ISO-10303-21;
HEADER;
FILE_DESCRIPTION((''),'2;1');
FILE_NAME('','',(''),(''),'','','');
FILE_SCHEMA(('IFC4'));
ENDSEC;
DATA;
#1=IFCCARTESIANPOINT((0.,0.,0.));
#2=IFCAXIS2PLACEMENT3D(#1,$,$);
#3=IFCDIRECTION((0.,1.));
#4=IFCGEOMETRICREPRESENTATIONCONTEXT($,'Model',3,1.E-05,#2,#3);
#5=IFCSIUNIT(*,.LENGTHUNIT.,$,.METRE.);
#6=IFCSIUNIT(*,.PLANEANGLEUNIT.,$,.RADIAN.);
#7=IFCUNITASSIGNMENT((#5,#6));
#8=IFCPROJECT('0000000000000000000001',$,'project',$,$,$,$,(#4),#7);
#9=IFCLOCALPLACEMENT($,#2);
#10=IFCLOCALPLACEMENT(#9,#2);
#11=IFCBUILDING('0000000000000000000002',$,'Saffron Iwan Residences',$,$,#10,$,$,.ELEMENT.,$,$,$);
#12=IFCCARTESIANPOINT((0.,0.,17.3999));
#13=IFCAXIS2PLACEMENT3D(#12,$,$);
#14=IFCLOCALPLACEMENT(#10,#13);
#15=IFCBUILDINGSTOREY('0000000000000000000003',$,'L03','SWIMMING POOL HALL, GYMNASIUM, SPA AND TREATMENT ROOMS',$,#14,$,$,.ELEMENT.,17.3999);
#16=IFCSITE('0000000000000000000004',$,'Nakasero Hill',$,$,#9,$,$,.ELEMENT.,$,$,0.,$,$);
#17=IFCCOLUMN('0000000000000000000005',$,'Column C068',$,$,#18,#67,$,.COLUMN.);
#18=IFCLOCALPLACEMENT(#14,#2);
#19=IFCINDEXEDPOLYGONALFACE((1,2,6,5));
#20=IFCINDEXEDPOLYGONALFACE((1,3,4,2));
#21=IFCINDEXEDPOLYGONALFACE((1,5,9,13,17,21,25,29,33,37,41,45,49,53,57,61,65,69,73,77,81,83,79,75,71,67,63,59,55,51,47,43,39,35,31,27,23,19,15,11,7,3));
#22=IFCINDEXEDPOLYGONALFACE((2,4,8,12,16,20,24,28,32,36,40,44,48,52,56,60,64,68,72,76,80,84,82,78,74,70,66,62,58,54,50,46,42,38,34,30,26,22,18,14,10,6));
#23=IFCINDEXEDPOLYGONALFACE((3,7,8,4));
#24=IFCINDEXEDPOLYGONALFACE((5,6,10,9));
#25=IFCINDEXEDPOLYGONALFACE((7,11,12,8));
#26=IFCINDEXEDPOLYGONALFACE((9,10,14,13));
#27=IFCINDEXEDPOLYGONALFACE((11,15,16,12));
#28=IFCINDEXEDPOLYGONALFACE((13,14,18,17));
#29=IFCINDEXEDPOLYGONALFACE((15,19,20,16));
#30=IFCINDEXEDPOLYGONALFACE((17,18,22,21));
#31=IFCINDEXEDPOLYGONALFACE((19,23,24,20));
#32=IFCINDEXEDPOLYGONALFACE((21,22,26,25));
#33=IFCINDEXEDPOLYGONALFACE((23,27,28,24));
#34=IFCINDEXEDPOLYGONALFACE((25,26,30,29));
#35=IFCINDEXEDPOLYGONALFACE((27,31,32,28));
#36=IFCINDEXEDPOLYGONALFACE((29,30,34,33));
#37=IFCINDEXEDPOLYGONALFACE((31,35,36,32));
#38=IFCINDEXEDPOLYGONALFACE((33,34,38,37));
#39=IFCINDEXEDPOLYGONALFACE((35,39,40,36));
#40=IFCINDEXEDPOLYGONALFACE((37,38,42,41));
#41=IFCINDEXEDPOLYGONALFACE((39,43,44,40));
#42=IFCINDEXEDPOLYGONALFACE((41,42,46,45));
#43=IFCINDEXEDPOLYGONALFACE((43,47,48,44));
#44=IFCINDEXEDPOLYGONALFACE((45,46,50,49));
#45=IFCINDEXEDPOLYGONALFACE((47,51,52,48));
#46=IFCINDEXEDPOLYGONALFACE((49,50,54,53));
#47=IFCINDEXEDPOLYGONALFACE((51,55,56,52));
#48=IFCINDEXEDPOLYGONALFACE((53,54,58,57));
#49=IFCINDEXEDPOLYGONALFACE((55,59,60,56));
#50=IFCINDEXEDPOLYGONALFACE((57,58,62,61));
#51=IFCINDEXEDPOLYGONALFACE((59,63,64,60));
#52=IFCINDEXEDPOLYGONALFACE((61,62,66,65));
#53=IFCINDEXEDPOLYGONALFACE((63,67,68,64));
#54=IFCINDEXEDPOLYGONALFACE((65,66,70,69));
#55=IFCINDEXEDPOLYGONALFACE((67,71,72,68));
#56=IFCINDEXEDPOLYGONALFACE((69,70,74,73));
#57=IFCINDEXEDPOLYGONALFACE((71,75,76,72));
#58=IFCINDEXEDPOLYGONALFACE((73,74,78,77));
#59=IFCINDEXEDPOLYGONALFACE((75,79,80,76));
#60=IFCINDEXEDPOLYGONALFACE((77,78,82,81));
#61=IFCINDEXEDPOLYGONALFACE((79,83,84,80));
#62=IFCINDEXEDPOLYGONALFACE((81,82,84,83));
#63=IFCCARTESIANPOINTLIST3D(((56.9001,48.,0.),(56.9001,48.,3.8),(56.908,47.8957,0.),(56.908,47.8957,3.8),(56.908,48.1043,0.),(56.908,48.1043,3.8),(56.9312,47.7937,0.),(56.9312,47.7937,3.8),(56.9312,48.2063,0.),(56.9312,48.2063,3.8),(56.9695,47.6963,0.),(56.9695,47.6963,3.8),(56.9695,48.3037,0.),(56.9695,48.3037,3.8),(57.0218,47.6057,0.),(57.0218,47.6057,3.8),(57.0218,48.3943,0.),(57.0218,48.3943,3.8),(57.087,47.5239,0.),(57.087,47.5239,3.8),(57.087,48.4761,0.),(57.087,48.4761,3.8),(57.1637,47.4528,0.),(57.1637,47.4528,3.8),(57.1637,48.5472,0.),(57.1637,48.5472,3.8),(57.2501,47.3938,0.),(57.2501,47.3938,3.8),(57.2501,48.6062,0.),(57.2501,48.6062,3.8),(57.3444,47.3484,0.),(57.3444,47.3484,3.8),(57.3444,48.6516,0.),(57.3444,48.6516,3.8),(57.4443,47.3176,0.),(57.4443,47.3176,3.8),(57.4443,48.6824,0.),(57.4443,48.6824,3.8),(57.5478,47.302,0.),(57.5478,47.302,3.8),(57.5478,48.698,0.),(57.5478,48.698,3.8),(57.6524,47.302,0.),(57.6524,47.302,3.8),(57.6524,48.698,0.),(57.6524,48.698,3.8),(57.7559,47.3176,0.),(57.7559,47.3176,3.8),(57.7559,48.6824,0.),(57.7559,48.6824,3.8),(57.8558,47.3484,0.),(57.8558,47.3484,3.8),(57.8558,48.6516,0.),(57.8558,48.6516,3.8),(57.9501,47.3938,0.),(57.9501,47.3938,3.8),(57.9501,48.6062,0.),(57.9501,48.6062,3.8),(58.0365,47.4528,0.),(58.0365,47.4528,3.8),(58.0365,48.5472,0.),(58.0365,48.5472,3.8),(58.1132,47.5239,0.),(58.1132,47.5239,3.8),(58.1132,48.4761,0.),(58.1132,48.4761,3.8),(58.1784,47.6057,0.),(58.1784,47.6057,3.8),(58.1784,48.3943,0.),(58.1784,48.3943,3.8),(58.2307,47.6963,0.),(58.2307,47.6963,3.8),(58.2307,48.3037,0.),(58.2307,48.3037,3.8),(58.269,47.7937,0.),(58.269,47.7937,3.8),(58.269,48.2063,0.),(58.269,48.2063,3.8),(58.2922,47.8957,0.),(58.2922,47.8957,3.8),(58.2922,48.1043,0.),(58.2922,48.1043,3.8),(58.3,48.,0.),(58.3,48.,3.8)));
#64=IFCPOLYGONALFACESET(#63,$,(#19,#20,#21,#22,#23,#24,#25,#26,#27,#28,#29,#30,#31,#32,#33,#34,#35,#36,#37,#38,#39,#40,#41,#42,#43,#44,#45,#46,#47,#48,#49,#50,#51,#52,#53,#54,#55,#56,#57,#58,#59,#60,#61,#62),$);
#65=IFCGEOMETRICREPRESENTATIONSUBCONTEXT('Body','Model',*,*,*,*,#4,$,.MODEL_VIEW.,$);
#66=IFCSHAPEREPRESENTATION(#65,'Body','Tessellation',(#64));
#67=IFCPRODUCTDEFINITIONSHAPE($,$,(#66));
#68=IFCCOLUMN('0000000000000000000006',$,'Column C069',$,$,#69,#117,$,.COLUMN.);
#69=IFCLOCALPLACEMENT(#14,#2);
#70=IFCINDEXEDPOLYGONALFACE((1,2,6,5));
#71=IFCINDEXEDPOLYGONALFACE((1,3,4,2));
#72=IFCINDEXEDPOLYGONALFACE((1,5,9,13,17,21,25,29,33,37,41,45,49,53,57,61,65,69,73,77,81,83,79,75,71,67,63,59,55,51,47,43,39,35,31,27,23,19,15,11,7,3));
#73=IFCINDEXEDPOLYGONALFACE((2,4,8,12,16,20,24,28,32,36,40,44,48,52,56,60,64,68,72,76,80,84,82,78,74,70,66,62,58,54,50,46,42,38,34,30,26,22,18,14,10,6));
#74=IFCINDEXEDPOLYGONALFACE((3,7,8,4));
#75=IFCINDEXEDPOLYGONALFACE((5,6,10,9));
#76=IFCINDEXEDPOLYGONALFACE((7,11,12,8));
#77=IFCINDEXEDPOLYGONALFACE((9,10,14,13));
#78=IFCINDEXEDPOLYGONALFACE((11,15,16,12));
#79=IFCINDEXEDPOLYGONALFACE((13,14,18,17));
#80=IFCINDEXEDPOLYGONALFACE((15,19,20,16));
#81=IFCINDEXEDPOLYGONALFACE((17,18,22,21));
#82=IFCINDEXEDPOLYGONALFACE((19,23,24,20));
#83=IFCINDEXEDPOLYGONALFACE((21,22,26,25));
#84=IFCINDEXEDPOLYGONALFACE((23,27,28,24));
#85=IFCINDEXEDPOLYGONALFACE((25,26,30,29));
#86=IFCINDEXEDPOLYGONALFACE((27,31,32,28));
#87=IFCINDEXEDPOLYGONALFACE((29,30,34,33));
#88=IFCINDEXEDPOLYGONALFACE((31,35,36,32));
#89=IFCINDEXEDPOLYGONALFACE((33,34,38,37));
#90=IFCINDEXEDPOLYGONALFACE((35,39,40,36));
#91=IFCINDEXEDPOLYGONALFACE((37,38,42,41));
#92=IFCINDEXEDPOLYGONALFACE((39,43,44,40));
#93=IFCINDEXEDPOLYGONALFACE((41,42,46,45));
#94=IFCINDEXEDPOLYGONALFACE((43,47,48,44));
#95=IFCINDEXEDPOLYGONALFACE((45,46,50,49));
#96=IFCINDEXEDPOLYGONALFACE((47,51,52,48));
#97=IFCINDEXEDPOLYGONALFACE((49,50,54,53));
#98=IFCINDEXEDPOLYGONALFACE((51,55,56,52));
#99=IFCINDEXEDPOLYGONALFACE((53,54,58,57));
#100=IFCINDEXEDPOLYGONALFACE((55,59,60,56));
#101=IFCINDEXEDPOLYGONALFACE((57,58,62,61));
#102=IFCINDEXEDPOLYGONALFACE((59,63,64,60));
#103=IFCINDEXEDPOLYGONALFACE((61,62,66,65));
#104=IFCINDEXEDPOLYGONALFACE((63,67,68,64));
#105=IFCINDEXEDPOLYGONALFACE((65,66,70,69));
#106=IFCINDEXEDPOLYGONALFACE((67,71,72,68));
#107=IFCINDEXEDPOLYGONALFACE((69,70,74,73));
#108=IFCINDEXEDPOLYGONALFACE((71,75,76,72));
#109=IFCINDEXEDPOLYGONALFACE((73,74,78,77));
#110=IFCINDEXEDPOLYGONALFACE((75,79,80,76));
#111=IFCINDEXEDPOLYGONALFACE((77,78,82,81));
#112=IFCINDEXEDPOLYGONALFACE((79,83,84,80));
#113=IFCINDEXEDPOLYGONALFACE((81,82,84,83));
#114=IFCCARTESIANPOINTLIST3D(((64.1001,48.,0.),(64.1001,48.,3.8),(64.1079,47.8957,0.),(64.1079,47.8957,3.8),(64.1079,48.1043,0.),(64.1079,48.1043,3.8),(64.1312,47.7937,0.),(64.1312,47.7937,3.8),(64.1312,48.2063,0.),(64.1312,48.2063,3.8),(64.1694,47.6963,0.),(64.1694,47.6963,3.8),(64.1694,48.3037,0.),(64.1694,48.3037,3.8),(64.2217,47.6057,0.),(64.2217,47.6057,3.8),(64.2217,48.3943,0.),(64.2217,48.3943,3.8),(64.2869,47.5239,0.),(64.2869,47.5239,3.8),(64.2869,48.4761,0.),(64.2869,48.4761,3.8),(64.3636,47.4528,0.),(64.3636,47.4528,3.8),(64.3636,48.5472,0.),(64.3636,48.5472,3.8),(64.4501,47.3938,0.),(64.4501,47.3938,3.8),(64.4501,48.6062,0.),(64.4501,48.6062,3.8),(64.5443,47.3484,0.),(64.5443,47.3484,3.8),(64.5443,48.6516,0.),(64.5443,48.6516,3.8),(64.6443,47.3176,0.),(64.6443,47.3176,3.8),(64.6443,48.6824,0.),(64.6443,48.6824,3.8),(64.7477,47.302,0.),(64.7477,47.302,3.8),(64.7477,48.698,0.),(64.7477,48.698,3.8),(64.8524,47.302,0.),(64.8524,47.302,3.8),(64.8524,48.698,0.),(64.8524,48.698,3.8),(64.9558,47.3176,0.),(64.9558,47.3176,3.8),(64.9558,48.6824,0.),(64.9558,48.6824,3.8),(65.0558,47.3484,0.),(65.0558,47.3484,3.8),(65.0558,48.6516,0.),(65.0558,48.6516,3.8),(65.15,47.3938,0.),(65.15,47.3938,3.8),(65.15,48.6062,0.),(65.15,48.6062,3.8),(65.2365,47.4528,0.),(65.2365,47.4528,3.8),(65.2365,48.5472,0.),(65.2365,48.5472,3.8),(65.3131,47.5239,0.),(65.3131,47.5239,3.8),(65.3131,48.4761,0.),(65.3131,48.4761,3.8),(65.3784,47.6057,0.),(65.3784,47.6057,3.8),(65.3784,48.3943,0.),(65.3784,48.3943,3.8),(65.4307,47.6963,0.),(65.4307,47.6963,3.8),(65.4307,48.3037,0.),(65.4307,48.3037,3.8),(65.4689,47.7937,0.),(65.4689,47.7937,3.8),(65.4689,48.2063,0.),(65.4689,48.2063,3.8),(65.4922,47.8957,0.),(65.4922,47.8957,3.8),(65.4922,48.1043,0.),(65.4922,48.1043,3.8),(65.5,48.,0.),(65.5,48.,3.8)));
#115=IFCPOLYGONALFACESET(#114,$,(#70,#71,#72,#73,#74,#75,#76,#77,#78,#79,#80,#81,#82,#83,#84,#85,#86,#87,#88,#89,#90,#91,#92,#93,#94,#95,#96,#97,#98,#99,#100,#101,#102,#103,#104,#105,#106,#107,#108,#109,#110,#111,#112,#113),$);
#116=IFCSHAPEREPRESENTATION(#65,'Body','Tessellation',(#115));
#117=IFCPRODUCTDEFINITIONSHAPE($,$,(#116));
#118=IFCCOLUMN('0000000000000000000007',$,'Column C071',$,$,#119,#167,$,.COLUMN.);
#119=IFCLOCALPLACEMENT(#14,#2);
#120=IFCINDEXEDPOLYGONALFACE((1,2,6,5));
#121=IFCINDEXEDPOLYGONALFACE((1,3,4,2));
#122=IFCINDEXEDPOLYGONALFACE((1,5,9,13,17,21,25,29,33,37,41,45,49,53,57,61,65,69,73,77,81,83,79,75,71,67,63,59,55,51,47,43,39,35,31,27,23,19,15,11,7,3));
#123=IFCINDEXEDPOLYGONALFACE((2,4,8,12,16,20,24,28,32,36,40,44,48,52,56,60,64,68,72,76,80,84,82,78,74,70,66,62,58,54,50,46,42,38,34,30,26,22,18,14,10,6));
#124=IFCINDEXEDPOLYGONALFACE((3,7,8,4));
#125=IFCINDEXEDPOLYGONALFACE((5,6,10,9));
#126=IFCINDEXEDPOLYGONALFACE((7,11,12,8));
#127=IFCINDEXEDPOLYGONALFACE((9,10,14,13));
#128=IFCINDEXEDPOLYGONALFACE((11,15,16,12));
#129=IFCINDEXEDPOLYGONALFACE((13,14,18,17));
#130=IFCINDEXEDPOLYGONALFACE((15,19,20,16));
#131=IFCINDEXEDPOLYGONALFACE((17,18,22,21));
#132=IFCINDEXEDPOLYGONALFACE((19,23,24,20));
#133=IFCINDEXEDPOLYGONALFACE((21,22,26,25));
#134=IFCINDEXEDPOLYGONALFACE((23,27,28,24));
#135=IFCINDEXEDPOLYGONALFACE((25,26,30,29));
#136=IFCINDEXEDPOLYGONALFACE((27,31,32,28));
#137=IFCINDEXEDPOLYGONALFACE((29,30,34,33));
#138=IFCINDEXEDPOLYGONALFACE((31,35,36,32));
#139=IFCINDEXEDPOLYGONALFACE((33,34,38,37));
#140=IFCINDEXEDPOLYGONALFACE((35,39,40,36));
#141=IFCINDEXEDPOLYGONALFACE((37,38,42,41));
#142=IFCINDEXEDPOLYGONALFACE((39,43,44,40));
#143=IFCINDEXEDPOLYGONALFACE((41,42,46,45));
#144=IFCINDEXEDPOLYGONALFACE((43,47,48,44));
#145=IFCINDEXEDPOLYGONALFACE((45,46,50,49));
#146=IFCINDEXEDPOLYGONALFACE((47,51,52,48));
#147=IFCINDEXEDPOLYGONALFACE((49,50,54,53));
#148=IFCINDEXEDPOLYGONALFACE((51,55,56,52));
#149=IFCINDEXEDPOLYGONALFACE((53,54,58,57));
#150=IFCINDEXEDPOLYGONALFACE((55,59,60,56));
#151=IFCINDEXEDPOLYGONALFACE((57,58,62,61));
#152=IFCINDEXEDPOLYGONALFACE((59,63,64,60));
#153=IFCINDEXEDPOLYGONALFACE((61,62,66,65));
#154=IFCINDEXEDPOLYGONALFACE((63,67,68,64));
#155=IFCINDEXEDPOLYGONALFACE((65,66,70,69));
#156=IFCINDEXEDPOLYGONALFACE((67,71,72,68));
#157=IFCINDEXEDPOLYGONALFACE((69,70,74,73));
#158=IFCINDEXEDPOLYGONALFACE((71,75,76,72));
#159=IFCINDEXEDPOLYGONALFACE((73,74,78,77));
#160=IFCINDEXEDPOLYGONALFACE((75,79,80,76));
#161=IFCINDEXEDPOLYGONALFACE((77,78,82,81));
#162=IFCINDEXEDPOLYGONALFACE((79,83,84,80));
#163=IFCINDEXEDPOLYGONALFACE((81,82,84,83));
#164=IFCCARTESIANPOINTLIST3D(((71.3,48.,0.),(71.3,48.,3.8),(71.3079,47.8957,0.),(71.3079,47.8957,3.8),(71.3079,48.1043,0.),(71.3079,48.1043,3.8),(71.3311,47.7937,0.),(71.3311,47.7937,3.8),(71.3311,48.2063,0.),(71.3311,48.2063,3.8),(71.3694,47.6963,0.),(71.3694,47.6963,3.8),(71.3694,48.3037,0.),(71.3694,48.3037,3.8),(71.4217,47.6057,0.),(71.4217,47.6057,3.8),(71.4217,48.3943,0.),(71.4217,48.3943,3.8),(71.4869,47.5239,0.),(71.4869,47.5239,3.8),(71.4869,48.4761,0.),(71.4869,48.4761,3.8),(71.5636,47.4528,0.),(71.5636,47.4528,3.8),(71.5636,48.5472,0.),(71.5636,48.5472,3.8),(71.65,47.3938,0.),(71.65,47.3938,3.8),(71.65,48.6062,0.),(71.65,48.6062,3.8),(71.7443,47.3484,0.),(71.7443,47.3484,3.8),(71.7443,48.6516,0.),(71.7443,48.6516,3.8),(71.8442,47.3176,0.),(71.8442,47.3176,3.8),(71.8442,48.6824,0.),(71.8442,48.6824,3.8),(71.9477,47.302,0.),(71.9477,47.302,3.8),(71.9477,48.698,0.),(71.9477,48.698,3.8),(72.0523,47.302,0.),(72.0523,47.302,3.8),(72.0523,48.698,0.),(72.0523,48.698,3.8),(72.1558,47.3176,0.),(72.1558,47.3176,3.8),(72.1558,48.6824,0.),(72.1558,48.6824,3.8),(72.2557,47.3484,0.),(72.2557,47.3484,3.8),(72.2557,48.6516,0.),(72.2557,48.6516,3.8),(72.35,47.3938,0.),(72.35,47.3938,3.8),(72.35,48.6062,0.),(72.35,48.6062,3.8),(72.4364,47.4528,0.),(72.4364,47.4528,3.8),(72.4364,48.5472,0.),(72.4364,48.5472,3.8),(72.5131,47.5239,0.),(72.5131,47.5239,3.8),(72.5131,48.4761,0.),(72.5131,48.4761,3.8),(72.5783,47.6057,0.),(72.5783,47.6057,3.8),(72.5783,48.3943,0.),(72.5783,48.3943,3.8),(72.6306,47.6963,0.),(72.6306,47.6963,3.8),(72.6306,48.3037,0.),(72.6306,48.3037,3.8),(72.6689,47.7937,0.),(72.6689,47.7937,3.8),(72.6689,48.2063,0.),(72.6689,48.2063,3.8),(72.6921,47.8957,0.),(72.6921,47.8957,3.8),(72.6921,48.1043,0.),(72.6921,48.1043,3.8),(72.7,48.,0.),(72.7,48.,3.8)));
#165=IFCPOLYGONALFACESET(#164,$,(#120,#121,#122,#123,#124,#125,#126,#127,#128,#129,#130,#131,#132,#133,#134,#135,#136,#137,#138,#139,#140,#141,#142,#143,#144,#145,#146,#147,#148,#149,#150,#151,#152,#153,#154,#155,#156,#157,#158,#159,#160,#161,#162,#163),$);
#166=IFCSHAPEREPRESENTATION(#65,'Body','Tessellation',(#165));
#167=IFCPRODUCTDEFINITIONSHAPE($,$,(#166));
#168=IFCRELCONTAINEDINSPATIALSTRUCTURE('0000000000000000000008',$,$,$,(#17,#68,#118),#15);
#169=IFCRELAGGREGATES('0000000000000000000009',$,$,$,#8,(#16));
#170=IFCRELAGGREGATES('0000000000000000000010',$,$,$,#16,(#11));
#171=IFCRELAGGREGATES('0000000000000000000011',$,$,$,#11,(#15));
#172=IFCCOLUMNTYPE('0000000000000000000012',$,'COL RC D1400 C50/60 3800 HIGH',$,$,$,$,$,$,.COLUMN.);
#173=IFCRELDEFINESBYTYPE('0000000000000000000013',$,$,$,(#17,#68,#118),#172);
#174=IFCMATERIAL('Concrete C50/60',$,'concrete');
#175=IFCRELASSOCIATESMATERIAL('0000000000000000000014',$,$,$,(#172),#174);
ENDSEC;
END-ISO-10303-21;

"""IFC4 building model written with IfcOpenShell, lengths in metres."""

from ifc_helpers import new_model, si_unit, direction, frame, origin, origin_2d, place, context, subcontext, project, spatial, circle, extrude, source, transform, mapped, material, material_profile, profile_set, type_object, element, save


model = new_model("IFC4")

# Units and contexts
model_context = context("Model", 3, precision=1e-05, world=origin(), true_north=direction((0.0, 1.0)))
body_context = subcontext(model_context, "Body", "Model", "MODEL_VIEW")
ifc_project = project(units=[si_unit("LENGTHUNIT", "METRE"), si_unit("PLANEANGLEUNIT", "RADIAN")], contexts=[model_context])

# Site, building, storey
site_placement = place(None, origin())
site = spatial("IfcSite", under=ifc_project, at=site_placement, Name="Nakasero Hill", CompositionType="ELEMENT", RefElevation=0.0)
building_placement = place(site_placement, origin())
building = spatial("IfcBuilding", under=site, at=building_placement, Name="Saffron Iwan Residences", CompositionType="ELEMENT")
storey_placement = place(building_placement, frame((0.0, 0.0, 17.3999)))
storey = spatial("IfcBuildingStorey", under=building, at=storey_placement, Name="L03", Description="SWIMMING POOL HALL, GYMNASIUM, SPA AND TREATMENT ROOMS", CompositionType="ELEMENT", Elevation=17.3999)

# Columns
ifc_material_1 = material(Name="Concrete C50/60", Category="concrete")
ifc_material_profile_1 = material_profile(ifc_material_1, circle(Radius=0.7, at=origin_2d()), Name="RC D1400")
ifc_profile_set_1 = profile_set([ifc_material_profile_1], Name="Concrete C50/60")
column_type = type_object("IfcColumnType", Name="COL RC D1400 C50/60 3800 HIGH", PredefinedType="COLUMN", material=ifc_profile_set_1)
shared_shape_1 = source(origin(), body_context, "Body", "SweptSolid", [
    extrude(circle(Radius=0.7, at=origin_2d()), origin(), (0.0, 0.0, 1.0), 3.8),
])
for number, where, z_axis, x_axis, name in (
    (1, (57.6001, 48.0, 0.0), (0.0, 0.0, 1.0), (1.0, 0.0, 0.0), "Column C068"),
    (2, (64.8, 48.0, 0.0), (0.0, 0.0, 1.0), (1.0, 0.0, 0.0), "Column C069"),
    (3, (72.0, 48.0, 0.0), (0.0, 0.0, 1.0), (1.0, 0.0, 0.0), "Column C071"),
):
    element("IfcColumn", number, at=place(storey_placement, frame(where, z_axis=z_axis, x_axis=x_axis)), inside=storey, type_object=column_type, Name=name, PredefinedType="COLUMN", context=body_context, shape_type="MappedRepresentation", body=[
        mapped(shared_shape_1, transform((0.0, 0.0, 0.0))),
    ])

save(model, "model.ifc")
